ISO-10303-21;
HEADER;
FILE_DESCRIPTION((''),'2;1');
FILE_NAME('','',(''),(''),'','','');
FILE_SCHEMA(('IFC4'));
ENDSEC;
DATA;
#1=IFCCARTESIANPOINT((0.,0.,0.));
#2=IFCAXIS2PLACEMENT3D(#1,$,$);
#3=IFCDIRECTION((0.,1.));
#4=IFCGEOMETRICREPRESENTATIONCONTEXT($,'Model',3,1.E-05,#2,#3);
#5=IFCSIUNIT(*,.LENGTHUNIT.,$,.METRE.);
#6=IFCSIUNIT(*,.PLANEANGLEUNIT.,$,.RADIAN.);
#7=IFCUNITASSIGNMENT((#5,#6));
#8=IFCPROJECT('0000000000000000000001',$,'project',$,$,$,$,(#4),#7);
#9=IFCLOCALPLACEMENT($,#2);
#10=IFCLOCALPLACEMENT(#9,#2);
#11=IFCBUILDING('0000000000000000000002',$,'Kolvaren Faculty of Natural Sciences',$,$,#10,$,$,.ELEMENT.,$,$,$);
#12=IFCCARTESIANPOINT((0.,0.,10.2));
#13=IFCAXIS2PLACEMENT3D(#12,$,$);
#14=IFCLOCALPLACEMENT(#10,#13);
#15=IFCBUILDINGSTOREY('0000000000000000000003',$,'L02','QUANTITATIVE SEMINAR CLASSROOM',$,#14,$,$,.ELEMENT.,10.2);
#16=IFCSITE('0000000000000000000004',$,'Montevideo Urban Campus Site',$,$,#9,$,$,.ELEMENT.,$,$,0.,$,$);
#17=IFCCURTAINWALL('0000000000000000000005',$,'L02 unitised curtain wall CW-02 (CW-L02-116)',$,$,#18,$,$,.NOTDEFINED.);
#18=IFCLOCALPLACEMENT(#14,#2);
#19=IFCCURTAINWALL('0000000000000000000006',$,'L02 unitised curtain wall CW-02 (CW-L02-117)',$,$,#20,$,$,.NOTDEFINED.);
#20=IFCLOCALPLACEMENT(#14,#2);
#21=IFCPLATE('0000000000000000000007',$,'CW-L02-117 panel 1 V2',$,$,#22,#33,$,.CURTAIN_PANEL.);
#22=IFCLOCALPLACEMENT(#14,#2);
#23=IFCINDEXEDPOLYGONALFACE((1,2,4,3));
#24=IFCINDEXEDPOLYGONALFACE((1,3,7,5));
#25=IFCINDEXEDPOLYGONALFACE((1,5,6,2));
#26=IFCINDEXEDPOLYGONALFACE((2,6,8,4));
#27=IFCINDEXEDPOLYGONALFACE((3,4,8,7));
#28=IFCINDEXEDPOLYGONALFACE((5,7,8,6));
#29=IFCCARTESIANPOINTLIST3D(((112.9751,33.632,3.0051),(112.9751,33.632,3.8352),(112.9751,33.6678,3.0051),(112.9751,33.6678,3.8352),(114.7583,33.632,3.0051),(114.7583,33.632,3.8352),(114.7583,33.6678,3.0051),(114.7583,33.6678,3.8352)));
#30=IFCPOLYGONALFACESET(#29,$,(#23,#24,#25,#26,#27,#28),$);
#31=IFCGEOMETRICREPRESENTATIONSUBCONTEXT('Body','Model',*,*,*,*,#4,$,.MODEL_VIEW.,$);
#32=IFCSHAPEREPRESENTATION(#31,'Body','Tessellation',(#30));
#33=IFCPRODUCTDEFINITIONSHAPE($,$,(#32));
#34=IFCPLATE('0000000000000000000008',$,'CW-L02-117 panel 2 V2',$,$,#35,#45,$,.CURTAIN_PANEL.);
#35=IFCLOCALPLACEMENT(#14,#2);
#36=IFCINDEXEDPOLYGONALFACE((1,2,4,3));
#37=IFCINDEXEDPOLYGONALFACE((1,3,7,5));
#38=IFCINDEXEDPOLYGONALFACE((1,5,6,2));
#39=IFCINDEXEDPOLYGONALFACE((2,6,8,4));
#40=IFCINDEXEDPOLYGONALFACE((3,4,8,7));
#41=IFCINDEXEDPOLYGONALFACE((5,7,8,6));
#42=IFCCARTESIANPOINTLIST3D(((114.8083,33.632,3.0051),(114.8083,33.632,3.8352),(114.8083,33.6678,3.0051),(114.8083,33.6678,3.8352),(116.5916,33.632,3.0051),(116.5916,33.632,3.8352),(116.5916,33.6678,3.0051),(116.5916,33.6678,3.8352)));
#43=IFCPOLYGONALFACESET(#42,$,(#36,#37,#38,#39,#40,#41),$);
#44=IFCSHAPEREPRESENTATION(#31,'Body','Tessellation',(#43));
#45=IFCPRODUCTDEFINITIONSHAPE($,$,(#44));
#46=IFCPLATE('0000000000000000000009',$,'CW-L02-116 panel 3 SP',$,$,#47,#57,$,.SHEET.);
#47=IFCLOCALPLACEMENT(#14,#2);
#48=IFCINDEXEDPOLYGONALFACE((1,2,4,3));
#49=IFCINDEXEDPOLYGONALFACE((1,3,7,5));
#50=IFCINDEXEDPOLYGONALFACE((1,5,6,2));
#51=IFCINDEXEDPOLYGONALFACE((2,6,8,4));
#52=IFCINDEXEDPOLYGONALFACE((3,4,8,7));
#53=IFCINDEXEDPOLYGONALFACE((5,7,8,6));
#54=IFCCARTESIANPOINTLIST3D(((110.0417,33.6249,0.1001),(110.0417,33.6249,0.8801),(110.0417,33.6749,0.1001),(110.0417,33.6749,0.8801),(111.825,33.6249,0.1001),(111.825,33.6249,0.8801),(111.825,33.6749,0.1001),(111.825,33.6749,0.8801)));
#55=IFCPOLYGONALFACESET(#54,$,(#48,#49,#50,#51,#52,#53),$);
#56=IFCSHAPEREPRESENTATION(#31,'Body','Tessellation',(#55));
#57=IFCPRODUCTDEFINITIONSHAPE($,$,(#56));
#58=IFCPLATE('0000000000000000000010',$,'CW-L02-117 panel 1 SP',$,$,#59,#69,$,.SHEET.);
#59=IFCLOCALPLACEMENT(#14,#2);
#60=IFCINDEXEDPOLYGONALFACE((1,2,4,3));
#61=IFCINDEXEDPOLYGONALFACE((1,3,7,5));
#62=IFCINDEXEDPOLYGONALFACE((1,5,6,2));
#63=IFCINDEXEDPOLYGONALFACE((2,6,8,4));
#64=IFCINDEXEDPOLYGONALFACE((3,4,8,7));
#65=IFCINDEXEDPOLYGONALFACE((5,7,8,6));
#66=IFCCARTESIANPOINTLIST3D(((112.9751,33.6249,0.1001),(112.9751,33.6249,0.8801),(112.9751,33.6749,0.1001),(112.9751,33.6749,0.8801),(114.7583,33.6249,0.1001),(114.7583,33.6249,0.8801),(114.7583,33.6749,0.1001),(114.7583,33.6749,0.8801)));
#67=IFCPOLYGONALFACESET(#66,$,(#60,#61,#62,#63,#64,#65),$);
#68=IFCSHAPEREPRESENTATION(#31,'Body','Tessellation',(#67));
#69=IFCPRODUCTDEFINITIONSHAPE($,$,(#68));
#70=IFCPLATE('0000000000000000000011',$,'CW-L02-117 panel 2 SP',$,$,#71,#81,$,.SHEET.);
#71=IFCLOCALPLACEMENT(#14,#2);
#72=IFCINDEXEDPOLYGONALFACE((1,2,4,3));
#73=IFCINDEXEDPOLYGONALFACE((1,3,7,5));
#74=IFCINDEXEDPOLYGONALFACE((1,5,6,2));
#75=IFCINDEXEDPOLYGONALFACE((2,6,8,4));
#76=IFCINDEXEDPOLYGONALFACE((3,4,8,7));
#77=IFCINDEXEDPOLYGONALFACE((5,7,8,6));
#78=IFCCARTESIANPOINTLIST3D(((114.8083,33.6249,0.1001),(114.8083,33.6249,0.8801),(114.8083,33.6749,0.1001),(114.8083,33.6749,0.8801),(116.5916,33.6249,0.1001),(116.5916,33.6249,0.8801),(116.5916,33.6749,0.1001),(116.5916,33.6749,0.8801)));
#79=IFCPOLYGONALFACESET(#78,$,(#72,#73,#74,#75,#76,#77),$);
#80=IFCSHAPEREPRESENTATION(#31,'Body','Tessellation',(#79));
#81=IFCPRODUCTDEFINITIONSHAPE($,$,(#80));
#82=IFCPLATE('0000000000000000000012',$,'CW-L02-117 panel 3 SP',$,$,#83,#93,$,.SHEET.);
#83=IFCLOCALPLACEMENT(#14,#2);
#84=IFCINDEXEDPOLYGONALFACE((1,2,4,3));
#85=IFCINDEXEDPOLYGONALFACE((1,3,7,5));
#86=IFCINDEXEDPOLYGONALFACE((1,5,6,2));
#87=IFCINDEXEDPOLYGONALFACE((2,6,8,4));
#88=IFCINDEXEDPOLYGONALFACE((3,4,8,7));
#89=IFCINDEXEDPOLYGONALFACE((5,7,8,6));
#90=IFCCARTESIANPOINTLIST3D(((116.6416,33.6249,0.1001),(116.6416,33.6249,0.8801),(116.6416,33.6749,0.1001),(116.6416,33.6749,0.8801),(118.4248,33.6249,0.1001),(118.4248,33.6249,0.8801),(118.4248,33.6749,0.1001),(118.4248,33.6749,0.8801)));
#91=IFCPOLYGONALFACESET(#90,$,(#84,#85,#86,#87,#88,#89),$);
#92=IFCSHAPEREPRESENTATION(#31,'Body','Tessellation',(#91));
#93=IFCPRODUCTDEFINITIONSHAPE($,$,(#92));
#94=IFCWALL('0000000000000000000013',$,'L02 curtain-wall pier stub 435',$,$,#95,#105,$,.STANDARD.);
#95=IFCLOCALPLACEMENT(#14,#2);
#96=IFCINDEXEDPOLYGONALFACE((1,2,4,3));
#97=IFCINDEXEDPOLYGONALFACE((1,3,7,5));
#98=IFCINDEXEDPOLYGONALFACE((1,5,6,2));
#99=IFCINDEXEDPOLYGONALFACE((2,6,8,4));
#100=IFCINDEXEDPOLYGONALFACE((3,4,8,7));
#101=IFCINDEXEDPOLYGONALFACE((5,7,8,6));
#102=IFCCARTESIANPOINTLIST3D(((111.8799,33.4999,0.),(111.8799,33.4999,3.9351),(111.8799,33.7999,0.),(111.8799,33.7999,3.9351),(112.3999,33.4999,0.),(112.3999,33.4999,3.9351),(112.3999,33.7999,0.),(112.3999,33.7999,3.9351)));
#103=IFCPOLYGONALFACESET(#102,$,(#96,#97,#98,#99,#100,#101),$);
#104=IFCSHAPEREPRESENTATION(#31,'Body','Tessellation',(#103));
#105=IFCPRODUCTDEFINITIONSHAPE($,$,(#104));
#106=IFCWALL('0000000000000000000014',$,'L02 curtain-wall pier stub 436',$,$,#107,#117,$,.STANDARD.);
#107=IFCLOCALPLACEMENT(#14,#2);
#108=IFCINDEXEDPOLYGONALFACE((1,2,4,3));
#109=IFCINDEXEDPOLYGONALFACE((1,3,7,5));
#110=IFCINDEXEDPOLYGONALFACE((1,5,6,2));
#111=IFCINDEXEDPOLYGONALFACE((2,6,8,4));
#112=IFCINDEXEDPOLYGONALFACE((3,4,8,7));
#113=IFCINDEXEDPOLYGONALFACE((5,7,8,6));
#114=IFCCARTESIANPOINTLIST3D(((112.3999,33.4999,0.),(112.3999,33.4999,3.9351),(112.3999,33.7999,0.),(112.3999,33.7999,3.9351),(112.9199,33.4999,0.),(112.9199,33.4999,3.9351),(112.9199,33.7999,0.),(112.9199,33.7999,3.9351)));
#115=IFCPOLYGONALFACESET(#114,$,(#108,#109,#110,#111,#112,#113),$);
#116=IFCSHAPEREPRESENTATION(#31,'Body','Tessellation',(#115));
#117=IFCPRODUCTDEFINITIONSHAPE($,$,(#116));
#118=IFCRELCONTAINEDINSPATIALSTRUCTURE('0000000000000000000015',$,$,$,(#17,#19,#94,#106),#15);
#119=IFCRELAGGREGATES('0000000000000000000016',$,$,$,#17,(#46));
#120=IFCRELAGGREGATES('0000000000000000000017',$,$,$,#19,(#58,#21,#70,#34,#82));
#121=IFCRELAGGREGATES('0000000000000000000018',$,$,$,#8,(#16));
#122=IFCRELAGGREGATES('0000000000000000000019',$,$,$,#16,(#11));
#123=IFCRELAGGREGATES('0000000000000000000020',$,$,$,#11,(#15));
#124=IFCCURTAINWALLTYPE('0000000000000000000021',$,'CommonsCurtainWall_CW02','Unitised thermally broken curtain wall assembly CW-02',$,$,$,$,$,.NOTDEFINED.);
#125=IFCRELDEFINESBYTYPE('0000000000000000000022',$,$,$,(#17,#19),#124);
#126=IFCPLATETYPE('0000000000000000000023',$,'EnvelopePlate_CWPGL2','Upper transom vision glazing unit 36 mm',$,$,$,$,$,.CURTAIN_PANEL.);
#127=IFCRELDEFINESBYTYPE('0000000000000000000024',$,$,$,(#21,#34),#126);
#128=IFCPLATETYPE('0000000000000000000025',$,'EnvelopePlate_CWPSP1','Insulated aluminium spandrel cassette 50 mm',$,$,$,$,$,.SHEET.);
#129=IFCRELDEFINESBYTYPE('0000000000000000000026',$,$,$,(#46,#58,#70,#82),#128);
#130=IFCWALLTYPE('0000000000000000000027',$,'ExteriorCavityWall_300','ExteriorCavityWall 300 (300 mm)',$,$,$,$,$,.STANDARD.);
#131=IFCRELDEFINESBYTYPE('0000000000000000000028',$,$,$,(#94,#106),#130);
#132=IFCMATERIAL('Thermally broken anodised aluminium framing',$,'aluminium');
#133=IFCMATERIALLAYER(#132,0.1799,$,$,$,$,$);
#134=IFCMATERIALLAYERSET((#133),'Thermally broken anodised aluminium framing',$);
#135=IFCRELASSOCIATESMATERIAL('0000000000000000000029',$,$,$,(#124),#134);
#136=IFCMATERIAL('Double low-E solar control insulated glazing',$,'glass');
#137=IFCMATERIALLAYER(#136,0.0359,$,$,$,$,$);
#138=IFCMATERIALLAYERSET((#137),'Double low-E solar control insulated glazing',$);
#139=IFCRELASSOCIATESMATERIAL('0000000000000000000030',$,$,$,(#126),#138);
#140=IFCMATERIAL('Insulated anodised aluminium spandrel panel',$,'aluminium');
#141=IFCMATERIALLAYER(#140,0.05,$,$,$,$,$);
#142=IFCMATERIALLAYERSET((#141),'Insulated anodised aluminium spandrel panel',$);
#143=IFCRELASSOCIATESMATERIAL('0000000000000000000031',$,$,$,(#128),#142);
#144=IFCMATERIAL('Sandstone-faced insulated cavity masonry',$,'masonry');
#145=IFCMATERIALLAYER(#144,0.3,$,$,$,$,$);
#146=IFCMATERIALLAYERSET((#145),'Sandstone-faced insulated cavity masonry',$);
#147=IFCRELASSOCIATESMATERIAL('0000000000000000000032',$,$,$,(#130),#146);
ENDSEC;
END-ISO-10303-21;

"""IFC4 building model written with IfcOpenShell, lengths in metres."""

from ifc_helpers import new_model, si_unit, direction, frame, frame_2d, origin, origin_2d, place, context, subcontext, project, spatial, rectangle, extrude, material, layer, layer_set, type_object, element, aggregate, save


model = new_model("IFC4")

# Units and contexts
model_context = context("Model", 3, precision=1e-05, world=origin(), true_north=direction((0.0, 1.0)))
body_context = subcontext(model_context, "Body", "Model", "MODEL_VIEW")
ifc_project = project(units=[si_unit("LENGTHUNIT", "METRE"), si_unit("PLANEANGLEUNIT", "RADIAN")], contexts=[model_context])

# Site, building, storey
site_placement = place(None, origin())
site = spatial("IfcSite", under=ifc_project, at=site_placement, Name="Montevideo Urban Campus Site", CompositionType="ELEMENT", RefElevation=0.0)
building_placement = place(site_placement, origin())
building = spatial("IfcBuilding", under=site, at=building_placement, Name="Kolvaren Faculty of Natural Sciences", CompositionType="ELEMENT")
storey_placement = place(building_placement, frame((0.0, 0.0, 10.2)))
storey = spatial("IfcBuildingStorey", under=building, at=storey_placement, Name="L02", Description="QUANTITATIVE SEMINAR CLASSROOM", CompositionType="ELEMENT", Elevation=10.2)

# Curtain walls
ifc_material_1 = material(Name="Thermally broken anodised aluminium framing", Category="aluminium")
ifc_layer_1 = layer(ifc_material_1, 0.1799)
ifc_layer_set_1 = layer_set([ifc_layer_1], Name="Thermally broken anodised aluminium framing")
curtain_wall_type = type_object("IfcCurtainWallType", Name="CommonsCurtainWall_CW02", Description="Unitised thermally broken curtain wall assembly CW-02", PredefinedType="NOTDEFINED", material=ifc_layer_set_1)
curtain_wall_1_placement = place(storey_placement, origin())
curtain_wall_1 = element("IfcCurtainWall", 1, at=curtain_wall_1_placement, inside=storey, type_object=curtain_wall_type, Name="L02 unitised curtain wall CW-02 (CW-L02-116)", PredefinedType="NOTDEFINED")
curtain_wall_2_placement = place(storey_placement, origin())
curtain_wall_2 = element("IfcCurtainWall", 2, at=curtain_wall_2_placement, inside=storey, type_object=curtain_wall_type, Name="L02 unitised curtain wall CW-02 (CW-L02-117)", PredefinedType="NOTDEFINED")

# Plates
ifc_material_2 = material(Name="Double low-E solar control insulated glazing", Category="glass")
ifc_layer_2 = layer(ifc_material_2, 0.0359)
ifc_layer_set_2 = layer_set([ifc_layer_2], Name="Double low-E solar control insulated glazing")
plate_type_1 = type_object("IfcPlateType", Name="EnvelopePlate_CWPGL2", Description="Upper transom vision glazing unit 36 mm", PredefinedType="CURTAIN_PANEL", material=ifc_layer_set_2)
plate_1_placement = place(storey_placement, frame((113.8667, 33.6499, 3.0051), z_axis=(0.0, 0.0, 1.0), x_axis=(1.0, 0.0, 0.0)))
plate_1 = element("IfcPlate", 3, at=plate_1_placement, type_object=plate_type_1, Name="CW-L02-117 panel 1 V2", PredefinedType="CURTAIN_PANEL", context=body_context, shape_type="SweptSolid", body=[
    extrude(rectangle(XDim=1.7832, YDim=0.0359, at=origin_2d()), origin(), (0.0, 0.0, 1.0), 0.8301),
])
plate_2_placement = place(storey_placement, frame((115.7, 33.6499, 3.0051), z_axis=(0.0, 0.0, 1.0), x_axis=(1.0, 0.0, 0.0)))
plate_2 = element("IfcPlate", 4, at=plate_2_placement, type_object=plate_type_1, Name="CW-L02-117 panel 2 V2", PredefinedType="CURTAIN_PANEL", context=body_context, shape_type="SweptSolid", body=[
    extrude(rectangle(XDim=1.7832, YDim=0.0359, at=origin_2d()), origin(), (0.0, 0.0, 1.0), 0.8301),
])
ifc_material_3 = material(Name="Insulated anodised aluminium spandrel panel", Category="aluminium")
ifc_layer_3 = layer(ifc_material_3, 0.05)
ifc_layer_set_3 = layer_set([ifc_layer_3], Name="Insulated anodised aluminium spandrel panel")
plate_type_2 = type_object("IfcPlateType", Name="EnvelopePlate_CWPSP1", Description="Insulated aluminium spandrel cassette 50 mm", PredefinedType="SHEET", material=ifc_layer_set_3)
plate_3_placement = place(storey_placement, frame((110.9333, 33.6499, 0.1001), z_axis=(0.0, 0.0, 1.0), x_axis=(1.0, 0.0, 0.0)))
plate_3 = element("IfcPlate", 5, at=plate_3_placement, type_object=plate_type_2, Name="CW-L02-116 panel 3 SP", PredefinedType="SHEET", context=body_context, shape_type="SweptSolid", body=[
    extrude(rectangle(XDim=1.7832, YDim=0.05, at=origin_2d()), origin(), (0.0, 0.0, 1.0), 0.78),
])
aggregate(curtain_wall_1, [plate_3])
plate_4_placement = place(storey_placement, frame((113.8667, 33.6499, 0.1001), z_axis=(0.0, 0.0, 1.0), x_axis=(1.0, 0.0, 0.0)))
plate_4 = element("IfcPlate", 6, at=plate_4_placement, type_object=plate_type_2, Name="CW-L02-117 panel 1 SP", PredefinedType="SHEET", context=body_context, shape_type="SweptSolid", body=[
    extrude(rectangle(XDim=1.7832, YDim=0.05, at=origin_2d()), origin(), (0.0, 0.0, 1.0), 0.78),
])
plate_5_placement = place(storey_placement, frame((115.7, 33.6499, 0.1001), z_axis=(0.0, 0.0, 1.0), x_axis=(1.0, 0.0, 0.0)))
plate_5 = element("IfcPlate", 7, at=plate_5_placement, type_object=plate_type_2, Name="CW-L02-117 panel 2 SP", PredefinedType="SHEET", context=body_context, shape_type="SweptSolid", body=[
    extrude(rectangle(XDim=1.7832, YDim=0.05, at=origin_2d()), origin(), (0.0, 0.0, 1.0), 0.78),
])
plate_6_placement = place(storey_placement, frame((117.5332, 33.6499, 0.1001), z_axis=(0.0, 0.0, 1.0), x_axis=(1.0, 0.0, 0.0)))
plate_6 = element("IfcPlate", 8, at=plate_6_placement, type_object=plate_type_2, Name="CW-L02-117 panel 3 SP", PredefinedType="SHEET", context=body_context, shape_type="SweptSolid", body=[
    extrude(rectangle(XDim=1.7832, YDim=0.05, at=origin_2d()), origin(), (0.0, 0.0, 1.0), 0.78),
])
aggregate(curtain_wall_2, [plate_4, plate_1, plate_5, plate_2, plate_6])

# Walls
ifc_material_4 = material(Name="Sandstone-faced insulated cavity masonry", Category="masonry")
ifc_layer_4 = layer(ifc_material_4, 0.3)
ifc_layer_set_4 = layer_set([ifc_layer_4], Name="Sandstone-faced insulated cavity masonry")
wall_type = type_object("IfcWallType", Name="ExteriorCavityWall_300", Description="ExteriorCavityWall 300 (300 mm)", PredefinedType="STANDARD", material=ifc_layer_set_4)
for number, where, z_axis, x_axis, name in (
    (9, (111.8799, 33.6499, 0.0), (0.0, 0.0, 1.0), (1.0, 0.0, 0.0), "L02 curtain-wall pier stub 435"),
    (10, (112.3999, 33.6499, 0.0), (0.0, 0.0, 1.0), (1.0, 0.0, 0.0), "L02 curtain-wall pier stub 436"),
):
    element("IfcWall", number, at=place(storey_placement, frame(where, z_axis=z_axis, x_axis=x_axis)), inside=storey, type_object=wall_type, Name=name, PredefinedType="STANDARD", context=body_context, shape_type="SweptSolid", body=[
        extrude(rectangle(XDim=0.52, YDim=0.3, at=frame_2d((0.26, 0.0))), origin(), (0.0, 0.0, 1.0), 3.9351),
    ])

save(model, "model.ifc")
